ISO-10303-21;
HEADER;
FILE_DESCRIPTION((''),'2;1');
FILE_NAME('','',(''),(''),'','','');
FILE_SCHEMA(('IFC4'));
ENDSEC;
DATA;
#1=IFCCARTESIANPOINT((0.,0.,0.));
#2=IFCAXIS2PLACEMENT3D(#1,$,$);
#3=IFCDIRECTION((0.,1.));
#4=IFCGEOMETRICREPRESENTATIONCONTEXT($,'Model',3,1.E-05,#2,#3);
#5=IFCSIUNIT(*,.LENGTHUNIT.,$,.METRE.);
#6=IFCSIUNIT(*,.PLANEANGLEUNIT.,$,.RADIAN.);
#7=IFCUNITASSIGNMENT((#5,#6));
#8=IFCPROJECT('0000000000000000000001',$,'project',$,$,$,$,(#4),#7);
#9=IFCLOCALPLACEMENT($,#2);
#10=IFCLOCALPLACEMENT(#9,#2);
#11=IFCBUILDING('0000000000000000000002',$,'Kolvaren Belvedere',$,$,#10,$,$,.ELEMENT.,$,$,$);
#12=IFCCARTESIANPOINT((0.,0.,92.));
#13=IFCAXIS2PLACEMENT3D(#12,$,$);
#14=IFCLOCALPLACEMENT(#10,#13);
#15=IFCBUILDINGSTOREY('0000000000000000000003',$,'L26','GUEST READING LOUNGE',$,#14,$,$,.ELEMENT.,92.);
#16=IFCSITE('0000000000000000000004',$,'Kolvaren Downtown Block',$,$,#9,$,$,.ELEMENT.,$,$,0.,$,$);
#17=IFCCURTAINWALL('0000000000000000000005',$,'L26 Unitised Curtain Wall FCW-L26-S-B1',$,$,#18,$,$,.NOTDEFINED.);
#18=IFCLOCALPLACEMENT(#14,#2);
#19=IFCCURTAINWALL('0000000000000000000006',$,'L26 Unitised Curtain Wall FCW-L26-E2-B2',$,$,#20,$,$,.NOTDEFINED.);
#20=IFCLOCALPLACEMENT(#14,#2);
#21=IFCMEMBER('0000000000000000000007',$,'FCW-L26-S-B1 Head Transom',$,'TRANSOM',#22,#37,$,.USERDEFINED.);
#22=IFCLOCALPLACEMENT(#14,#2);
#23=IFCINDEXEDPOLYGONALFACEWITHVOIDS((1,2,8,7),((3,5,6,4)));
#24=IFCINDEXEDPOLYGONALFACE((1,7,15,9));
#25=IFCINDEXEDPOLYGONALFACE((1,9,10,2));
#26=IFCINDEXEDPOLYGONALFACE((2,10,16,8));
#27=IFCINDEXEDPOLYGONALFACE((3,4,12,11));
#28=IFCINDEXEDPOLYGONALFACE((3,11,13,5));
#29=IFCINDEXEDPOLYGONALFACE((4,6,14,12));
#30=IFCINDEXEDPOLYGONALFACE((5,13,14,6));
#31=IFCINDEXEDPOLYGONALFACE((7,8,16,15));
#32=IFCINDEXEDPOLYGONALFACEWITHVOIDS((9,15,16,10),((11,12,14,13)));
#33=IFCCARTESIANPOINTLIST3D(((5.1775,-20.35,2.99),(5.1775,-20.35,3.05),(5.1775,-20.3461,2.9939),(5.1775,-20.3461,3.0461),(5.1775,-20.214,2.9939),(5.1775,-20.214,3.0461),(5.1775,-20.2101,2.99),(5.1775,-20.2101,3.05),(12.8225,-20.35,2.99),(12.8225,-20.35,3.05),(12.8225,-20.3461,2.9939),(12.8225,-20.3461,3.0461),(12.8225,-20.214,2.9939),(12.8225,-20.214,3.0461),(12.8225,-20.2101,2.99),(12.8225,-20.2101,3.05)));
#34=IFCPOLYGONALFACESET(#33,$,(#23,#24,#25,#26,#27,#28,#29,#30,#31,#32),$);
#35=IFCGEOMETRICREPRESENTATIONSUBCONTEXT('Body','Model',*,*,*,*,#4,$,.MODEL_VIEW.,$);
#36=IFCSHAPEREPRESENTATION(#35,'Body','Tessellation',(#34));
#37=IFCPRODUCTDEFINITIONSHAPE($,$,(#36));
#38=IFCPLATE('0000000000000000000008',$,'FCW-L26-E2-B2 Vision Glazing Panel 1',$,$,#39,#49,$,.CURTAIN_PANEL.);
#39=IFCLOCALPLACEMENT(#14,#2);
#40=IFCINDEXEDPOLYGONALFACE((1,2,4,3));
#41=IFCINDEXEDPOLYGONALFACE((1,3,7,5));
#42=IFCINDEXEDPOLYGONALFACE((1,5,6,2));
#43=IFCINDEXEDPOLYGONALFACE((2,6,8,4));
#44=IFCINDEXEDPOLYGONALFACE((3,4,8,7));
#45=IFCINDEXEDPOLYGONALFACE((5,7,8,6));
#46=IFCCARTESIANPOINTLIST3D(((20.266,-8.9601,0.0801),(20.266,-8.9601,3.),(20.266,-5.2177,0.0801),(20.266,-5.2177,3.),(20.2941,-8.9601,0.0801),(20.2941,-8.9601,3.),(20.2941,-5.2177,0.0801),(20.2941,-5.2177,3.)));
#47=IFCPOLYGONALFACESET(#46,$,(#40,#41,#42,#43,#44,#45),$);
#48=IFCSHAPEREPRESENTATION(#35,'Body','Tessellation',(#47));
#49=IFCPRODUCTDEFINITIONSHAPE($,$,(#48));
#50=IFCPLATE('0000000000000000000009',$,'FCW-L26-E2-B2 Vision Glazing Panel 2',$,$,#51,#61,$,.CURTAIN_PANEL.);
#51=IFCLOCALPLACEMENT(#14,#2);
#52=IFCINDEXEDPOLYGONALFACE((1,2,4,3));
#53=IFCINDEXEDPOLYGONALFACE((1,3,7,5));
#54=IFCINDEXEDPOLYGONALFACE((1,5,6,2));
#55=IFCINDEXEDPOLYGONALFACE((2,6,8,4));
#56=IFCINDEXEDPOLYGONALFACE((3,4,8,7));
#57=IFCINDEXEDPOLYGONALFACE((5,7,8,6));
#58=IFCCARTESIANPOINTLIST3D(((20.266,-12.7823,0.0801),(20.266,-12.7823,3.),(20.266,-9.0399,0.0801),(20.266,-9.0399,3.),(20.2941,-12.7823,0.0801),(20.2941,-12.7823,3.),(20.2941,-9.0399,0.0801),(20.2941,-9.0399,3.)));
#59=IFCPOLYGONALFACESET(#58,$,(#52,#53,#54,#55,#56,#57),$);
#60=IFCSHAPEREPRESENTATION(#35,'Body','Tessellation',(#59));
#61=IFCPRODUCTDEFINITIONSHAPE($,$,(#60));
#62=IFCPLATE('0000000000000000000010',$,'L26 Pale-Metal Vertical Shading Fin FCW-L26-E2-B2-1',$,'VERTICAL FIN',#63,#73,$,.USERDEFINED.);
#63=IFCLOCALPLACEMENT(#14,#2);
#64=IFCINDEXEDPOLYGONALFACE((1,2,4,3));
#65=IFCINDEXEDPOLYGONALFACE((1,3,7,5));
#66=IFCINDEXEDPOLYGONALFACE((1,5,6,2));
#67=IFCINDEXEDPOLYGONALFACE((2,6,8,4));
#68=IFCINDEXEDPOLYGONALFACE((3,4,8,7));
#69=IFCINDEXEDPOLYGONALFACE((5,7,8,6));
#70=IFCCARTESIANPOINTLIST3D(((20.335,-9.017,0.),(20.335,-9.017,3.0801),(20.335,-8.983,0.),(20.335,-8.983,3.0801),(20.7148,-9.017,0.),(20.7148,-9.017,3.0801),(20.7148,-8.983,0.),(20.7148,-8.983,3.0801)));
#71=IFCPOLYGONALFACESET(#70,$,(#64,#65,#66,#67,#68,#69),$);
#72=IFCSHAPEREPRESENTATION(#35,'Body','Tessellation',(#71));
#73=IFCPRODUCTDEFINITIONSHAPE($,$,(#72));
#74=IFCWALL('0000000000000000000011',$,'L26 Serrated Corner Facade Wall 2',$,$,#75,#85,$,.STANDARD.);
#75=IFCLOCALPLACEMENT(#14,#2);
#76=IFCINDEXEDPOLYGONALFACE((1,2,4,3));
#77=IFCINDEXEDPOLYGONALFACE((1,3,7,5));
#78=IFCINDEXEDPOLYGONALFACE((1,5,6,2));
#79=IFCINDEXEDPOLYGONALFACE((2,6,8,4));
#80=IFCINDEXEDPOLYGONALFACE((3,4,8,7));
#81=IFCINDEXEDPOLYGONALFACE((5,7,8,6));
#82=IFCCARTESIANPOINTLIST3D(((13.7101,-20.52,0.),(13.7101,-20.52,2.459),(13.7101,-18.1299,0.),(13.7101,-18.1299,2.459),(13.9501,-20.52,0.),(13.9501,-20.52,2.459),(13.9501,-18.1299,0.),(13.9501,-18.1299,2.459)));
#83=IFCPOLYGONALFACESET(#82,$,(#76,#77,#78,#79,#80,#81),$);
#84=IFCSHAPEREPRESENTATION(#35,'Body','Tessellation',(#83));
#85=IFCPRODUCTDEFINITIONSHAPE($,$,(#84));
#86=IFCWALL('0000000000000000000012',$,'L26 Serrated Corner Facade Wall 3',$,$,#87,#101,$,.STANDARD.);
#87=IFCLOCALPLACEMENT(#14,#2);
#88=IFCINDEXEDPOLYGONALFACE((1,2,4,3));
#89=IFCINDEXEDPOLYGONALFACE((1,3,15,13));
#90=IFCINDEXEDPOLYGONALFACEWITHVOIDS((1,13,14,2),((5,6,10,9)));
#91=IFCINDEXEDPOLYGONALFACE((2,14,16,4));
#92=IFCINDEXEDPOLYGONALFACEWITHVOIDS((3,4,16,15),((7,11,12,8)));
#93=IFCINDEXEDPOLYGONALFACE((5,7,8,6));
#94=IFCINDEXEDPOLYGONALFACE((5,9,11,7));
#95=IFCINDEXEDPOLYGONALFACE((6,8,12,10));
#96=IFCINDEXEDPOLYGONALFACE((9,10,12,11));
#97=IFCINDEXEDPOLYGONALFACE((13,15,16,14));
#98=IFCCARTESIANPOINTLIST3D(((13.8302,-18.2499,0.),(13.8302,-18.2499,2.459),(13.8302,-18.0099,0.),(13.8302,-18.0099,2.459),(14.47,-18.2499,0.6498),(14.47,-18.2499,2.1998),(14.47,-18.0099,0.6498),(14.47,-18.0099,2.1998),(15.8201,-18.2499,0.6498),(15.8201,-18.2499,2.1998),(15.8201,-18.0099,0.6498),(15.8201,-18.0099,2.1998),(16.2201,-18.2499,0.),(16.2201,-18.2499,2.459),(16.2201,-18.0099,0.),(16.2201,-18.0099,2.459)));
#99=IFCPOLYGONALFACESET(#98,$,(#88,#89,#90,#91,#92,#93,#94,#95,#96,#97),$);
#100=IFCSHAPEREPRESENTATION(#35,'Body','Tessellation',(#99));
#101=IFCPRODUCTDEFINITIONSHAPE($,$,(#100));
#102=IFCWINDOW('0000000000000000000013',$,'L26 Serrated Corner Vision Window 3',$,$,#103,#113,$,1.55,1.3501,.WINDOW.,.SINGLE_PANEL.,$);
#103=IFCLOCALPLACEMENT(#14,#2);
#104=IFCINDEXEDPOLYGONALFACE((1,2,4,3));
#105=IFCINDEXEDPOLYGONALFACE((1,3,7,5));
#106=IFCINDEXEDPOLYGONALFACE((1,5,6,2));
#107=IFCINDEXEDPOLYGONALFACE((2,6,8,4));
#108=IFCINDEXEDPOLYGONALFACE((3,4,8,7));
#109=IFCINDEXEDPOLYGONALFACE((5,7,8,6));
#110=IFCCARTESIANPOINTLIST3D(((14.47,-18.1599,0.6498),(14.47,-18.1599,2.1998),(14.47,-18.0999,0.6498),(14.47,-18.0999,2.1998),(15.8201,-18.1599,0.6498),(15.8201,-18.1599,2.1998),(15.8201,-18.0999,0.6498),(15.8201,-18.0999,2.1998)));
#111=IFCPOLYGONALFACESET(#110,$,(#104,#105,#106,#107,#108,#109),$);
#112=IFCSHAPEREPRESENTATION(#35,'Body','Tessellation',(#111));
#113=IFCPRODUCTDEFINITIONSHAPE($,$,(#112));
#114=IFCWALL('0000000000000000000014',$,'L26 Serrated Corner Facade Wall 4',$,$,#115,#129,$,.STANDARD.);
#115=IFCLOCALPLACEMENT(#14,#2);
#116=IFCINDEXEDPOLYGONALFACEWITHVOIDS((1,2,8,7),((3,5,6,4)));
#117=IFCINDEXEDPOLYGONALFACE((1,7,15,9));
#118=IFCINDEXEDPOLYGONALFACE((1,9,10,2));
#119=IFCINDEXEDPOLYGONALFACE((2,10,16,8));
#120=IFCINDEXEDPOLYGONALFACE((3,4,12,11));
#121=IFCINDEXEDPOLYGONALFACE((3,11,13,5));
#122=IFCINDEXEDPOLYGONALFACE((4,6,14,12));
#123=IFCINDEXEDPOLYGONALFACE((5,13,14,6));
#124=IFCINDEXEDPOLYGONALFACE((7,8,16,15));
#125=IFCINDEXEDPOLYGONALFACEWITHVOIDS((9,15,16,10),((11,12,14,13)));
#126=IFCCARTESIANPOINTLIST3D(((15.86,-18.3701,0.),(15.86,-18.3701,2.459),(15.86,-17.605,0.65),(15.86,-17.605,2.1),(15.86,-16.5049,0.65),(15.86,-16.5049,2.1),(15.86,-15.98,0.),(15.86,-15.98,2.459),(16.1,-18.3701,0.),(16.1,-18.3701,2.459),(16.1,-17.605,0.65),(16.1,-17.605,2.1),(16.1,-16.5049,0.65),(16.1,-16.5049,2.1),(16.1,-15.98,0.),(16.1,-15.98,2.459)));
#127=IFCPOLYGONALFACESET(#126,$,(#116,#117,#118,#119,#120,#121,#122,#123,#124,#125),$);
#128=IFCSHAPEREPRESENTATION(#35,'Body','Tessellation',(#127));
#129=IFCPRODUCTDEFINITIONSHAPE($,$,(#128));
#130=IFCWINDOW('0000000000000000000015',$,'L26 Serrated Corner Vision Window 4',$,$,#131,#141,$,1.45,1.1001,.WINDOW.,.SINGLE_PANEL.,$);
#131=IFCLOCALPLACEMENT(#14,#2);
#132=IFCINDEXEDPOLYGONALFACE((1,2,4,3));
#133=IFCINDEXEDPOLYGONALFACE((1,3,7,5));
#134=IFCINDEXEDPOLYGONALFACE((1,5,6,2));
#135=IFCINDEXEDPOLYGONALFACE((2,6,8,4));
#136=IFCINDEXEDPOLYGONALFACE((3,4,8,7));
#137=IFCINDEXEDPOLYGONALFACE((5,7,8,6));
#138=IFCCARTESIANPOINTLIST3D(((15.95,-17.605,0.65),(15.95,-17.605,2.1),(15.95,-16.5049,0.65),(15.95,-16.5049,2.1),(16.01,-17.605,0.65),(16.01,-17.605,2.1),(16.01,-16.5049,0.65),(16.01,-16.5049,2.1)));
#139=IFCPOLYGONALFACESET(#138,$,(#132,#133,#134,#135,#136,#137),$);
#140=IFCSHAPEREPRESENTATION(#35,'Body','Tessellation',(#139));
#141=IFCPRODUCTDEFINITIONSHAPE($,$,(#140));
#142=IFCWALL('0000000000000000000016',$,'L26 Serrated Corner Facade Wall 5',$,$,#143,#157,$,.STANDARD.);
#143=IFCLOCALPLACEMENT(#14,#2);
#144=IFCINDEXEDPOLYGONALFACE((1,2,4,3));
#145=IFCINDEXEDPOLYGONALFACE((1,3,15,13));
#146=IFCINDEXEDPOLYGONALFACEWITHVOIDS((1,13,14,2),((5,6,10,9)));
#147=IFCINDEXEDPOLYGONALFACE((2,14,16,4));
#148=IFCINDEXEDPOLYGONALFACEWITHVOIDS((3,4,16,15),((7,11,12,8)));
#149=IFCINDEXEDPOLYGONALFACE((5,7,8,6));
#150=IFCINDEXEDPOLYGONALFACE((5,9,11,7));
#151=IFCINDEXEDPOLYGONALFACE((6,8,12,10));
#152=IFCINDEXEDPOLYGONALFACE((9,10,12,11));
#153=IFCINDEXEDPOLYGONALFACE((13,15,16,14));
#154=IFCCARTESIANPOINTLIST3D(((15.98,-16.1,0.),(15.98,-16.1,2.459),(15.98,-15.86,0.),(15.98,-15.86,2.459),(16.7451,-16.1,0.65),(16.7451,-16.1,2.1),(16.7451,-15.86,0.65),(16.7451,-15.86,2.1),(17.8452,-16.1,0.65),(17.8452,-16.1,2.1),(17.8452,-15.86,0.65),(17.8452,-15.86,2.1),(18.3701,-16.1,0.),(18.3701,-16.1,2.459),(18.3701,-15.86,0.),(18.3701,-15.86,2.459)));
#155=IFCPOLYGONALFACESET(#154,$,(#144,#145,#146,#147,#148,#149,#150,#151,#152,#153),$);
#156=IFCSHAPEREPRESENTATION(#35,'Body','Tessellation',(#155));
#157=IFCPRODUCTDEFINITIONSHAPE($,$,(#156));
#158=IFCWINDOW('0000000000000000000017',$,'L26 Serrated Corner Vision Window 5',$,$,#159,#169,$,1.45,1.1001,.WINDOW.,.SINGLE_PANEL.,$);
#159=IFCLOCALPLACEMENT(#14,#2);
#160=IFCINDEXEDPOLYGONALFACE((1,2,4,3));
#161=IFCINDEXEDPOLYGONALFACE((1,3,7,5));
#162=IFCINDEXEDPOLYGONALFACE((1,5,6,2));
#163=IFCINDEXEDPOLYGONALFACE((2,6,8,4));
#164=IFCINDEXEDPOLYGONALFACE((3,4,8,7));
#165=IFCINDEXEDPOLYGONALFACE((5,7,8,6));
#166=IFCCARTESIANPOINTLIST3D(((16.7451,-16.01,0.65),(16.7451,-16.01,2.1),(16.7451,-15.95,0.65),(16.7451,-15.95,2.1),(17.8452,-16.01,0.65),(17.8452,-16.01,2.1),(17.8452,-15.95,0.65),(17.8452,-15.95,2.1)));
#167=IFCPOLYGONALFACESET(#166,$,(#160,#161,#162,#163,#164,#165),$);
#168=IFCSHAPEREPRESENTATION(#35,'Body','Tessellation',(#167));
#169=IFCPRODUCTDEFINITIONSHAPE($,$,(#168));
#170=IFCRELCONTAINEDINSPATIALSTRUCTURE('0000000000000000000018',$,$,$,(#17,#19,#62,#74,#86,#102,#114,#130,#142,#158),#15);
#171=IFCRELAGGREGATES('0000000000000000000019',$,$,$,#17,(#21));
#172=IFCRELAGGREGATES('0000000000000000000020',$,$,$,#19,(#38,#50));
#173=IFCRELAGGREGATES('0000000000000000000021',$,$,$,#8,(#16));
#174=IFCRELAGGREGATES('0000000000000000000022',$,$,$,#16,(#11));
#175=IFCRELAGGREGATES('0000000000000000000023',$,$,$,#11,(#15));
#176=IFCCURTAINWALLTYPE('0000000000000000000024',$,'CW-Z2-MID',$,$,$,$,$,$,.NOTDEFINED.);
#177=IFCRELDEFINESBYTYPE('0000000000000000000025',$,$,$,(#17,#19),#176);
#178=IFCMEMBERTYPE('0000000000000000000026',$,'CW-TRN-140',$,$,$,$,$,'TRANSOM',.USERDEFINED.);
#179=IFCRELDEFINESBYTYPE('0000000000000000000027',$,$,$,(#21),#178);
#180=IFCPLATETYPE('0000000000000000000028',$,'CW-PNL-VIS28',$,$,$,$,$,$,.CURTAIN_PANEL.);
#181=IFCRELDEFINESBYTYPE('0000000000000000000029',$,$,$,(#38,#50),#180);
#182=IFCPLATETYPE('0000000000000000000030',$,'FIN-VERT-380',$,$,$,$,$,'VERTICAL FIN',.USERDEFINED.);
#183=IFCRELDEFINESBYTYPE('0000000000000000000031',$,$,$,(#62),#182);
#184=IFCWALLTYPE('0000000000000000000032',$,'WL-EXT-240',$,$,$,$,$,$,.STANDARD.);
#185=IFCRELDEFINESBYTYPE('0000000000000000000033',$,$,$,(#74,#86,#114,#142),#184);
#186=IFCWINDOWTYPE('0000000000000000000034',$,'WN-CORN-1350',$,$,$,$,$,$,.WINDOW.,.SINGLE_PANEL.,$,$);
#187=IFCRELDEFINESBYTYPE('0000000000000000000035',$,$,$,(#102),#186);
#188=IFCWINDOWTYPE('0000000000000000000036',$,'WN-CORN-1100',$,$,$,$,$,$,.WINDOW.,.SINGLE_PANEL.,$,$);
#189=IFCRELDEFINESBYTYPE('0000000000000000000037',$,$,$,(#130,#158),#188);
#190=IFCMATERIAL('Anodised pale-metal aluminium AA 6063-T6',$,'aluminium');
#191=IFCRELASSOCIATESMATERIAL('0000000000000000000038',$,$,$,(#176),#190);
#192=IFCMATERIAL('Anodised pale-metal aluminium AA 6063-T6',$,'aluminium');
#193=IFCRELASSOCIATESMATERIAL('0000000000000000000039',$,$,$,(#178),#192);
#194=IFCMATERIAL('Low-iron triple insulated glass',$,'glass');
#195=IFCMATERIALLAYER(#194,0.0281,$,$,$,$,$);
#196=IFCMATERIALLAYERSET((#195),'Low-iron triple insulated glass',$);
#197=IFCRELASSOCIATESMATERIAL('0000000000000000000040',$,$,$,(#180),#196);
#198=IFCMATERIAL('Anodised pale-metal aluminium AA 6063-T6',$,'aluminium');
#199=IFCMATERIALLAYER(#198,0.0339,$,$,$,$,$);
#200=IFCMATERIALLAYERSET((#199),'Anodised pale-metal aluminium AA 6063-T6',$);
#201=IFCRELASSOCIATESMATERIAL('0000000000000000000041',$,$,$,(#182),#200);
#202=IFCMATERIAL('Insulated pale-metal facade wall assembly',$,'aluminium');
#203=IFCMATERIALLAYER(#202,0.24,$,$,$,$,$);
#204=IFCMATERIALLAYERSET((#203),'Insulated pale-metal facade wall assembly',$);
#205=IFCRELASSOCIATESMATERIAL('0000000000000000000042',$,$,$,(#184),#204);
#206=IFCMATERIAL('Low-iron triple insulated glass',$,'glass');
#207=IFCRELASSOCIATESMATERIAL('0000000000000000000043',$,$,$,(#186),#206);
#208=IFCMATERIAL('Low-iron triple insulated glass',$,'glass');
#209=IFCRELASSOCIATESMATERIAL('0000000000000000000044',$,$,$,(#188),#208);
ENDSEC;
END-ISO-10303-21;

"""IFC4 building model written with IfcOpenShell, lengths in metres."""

from ifc_helpers import new_model, si_unit, direction, frame, frame_2d, origin, origin_2d, place, context, subcontext, project, spatial, rectangle, hollow_rectangle, extrude, material, layer, layer_set, material_profile, profile_set, type_object, element, fill, aggregate, save


model = new_model("IFC4")

# Units and contexts
model_context = context("Model", 3, precision=1e-05, world=origin(), true_north=direction((0.0, 1.0)))
body_context = subcontext(model_context, "Body", "Model", "MODEL_VIEW")
ifc_project = project(units=[si_unit("LENGTHUNIT", "METRE"), si_unit("PLANEANGLEUNIT", "RADIAN")], contexts=[model_context])

# Site, building, storey
site_placement = place(None, origin())
site = spatial("IfcSite", under=ifc_project, at=site_placement, Name="Kolvaren Downtown Block", CompositionType="ELEMENT", RefElevation=0.0)
building_placement = place(site_placement, origin())
building = spatial("IfcBuilding", under=site, at=building_placement, Name="Kolvaren Belvedere", CompositionType="ELEMENT")
storey_placement = place(building_placement, frame((0.0, 0.0, 92.0)))
storey = spatial("IfcBuildingStorey", under=building, at=storey_placement, Name="L26", Description="GUEST READING LOUNGE", CompositionType="ELEMENT", Elevation=92.0)

# Curtain wall
ifc_material_1 = material(Name="Anodised pale-metal aluminium AA 6063-T6", Category="aluminium")
curtain_wall_type = type_object("IfcCurtainWallType", Name="CW-Z2-MID", PredefinedType="NOTDEFINED", material=ifc_material_1)
curtain_wall_1_placement = place(storey_placement, origin())
curtain_wall_1 = element("IfcCurtainWall", 1, at=curtain_wall_1_placement, inside=storey, type_object=curtain_wall_type, Name="L26 Unitised Curtain Wall FCW-L26-S-B1", PredefinedType="NOTDEFINED")

# Curtain wall
curtain_wall_2_placement = place(storey_placement, origin())
curtain_wall_2 = element("IfcCurtainWall", 2, at=curtain_wall_2_placement, inside=storey, type_object=curtain_wall_type, Name="L26 Unitised Curtain Wall FCW-L26-E2-B2", PredefinedType="NOTDEFINED")

# Member
ifc_material_2 = material(Name="Anodised pale-metal aluminium AA 6063-T6", Category="aluminium")
ifc_material_profile_1 = material_profile(ifc_material_2, hollow_rectangle(XDim=0.0601, YDim=0.1399, WallThickness=0.0039, at=origin_2d()), Name="ALU-TRN-140X60")
ifc_profile_set_1 = profile_set([ifc_material_profile_1], Name="Anodised pale-metal aluminium AA 6063-T6")
member_type_1 = type_object("IfcMemberType", Name="CW-TRN-140", ElementType="TRANSOM", PredefinedType="USERDEFINED", material=ifc_profile_set_1)
member_1_placement = place(storey_placement, frame((12.8225, -20.28, 3.02), z_axis=(-1.0, 0.0, 0.0), x_axis=(0.0, 0.0, 1.0)))
member_1 = element("IfcMember", 3, at=member_1_placement, type_object=member_type_1, Name="FCW-L26-S-B1 Head Transom", ObjectType="TRANSOM", PredefinedType="USERDEFINED", context=body_context, shape_type="SweptSolid", body=[
    extrude(hollow_rectangle(XDim=0.0601, YDim=0.1399, WallThickness=0.0039, at=origin_2d()), origin(), (0.0, 0.0, 1.0), 7.645),
])
aggregate(curtain_wall_1, [member_1])

# Plates
ifc_material_3 = material(Name="Low-iron triple insulated glass", Category="glass")
ifc_layer_1 = layer(ifc_material_3, 0.0281)
ifc_layer_set_1 = layer_set([ifc_layer_1], Name="Low-iron triple insulated glass")
plate_type_1 = type_object("IfcPlateType", Name="CW-PNL-VIS28", PredefinedType="CURTAIN_PANEL", material=ifc_layer_set_1)
plate_1_placement = place(storey_placement, frame((20.28, -7.0889, 0.0801), z_axis=(0.0, 0.0, 1.0), x_axis=(0.0, -1.0, 0.0)))
plate_1 = element("IfcPlate", 4, at=plate_1_placement, type_object=plate_type_1, Name="FCW-L26-E2-B2 Vision Glazing Panel 1", PredefinedType="CURTAIN_PANEL", context=body_context, shape_type="SweptSolid", body=[
    extrude(rectangle(XDim=3.7424, YDim=0.0281, at=origin_2d()), origin(), (0.0, 0.0, 1.0), 2.9199),
])
plate_2_placement = place(storey_placement, frame((20.28, -10.9111, 0.0801), z_axis=(0.0, 0.0, 1.0), x_axis=(0.0, -1.0, 0.0)))
plate_2 = element("IfcPlate", 5, at=plate_2_placement, type_object=plate_type_1, Name="FCW-L26-E2-B2 Vision Glazing Panel 2", PredefinedType="CURTAIN_PANEL", context=body_context, shape_type="SweptSolid", body=[
    extrude(rectangle(XDim=3.7424, YDim=0.0281, at=origin_2d()), origin(), (0.0, 0.0, 1.0), 2.9199),
])
aggregate(curtain_wall_2, [plate_1, plate_2])
ifc_material_4 = material(Name="Anodised pale-metal aluminium AA 6063-T6", Category="aluminium")
ifc_layer_2 = layer(ifc_material_4, 0.0339)
ifc_layer_set_2 = layer_set([ifc_layer_2], Name="Anodised pale-metal aluminium AA 6063-T6")
plate_type_2 = type_object("IfcPlateType", Name="FIN-VERT-380", ElementType="VERTICAL FIN", PredefinedType="USERDEFINED", material=ifc_layer_set_2)
plate_3_placement = place(storey_placement, frame((20.5249, -9.0, 0.0), z_axis=(0.0, 0.0, 1.0), x_axis=(1.0, 0.0, 0.0)))
element("IfcPlate", 6, at=plate_3_placement, inside=storey, type_object=plate_type_2, Name="L26 Pale-Metal Vertical Shading Fin FCW-L26-E2-B2-1", ObjectType="VERTICAL FIN", PredefinedType="USERDEFINED", context=body_context, shape_type="SweptSolid", body=[
    extrude(rectangle(XDim=0.3799, YDim=0.0339, at=origin_2d()), origin(), (0.0, 0.0, 1.0), 3.0801),
])

# Wall
ifc_material_5 = material(Name="Insulated pale-metal facade wall assembly", Category="aluminium")
ifc_layer_3 = layer(ifc_material_5, 0.24)
ifc_layer_set_3 = layer_set([ifc_layer_3], Name="Insulated pale-metal facade wall assembly")
wall_type_1 = type_object("IfcWallType", Name="WL-EXT-240", PredefinedType="STANDARD", material=ifc_layer_set_3)
wall_1_placement = place(storey_placement, frame((13.8301, -18.1299, 0.0), z_axis=(0.0, 0.0, 1.0), x_axis=(0.0, -1.0, 0.0)))
element("IfcWall", 7, at=wall_1_placement, inside=storey, type_object=wall_type_1, Name="L26 Serrated Corner Facade Wall 2", PredefinedType="STANDARD", context=body_context, shape_type="SweptSolid", body=[
    extrude(rectangle(XDim=2.3901, YDim=0.24, at=frame_2d((1.1951, 0.0))), origin(), (0.0, 0.0, 1.0), 2.459),
])

# Walls, openings, windows
wall_2_placement = place(storey_placement, frame((16.22, -18.1299, 0.0), z_axis=(0.0, 0.0, 1.0), x_axis=(-1.0, 0.0, 0.0)))
wall_2 = element("IfcWall", 8, at=wall_2_placement, inside=storey, type_object=wall_type_1, Name="L26 Serrated Corner Facade Wall 3", PredefinedType="STANDARD", context=body_context, shape_type="SweptSolid", body=[
    extrude(rectangle(XDim=2.3899, YDim=0.24, at=frame_2d((1.1948, 0.0))), origin(), (0.0, 0.0, 1.0), 2.459),
])
opening_1_placement = place(wall_2_placement, frame((0.3999, 0.0, 0.6499)))
opening_1 = element("IfcOpeningElement", 9, at=opening_1_placement, cuts=wall_2, PredefinedType="OPENING", context=body_context, shape_type="SweptSolid", body=[
    extrude(rectangle(XDim=1.3501, YDim=1.55, at=frame_2d((0.675, 0.7749))), frame((0.0, 0.1299, 0.0), z_axis=(0.0, -1.0, 0.0), x_axis=(1.0, 0.0, 0.0)), (0.0, 0.0, 1.0), 0.26),
])
ifc_material_6 = material(Name="Low-iron triple insulated glass", Category="glass")
window_type_1 = type_object("IfcWindowType", Name="WN-CORN-1350", PartitioningType="SINGLE_PANEL", PredefinedType="WINDOW", material=ifc_material_6)
window_1_placement = place(opening_1_placement, origin())
window_1 = element("IfcWindow", 10, at=window_1_placement, inside=storey, type_object=window_type_1, Name="L26 Serrated Corner Vision Window 3", OverallHeight=1.55, OverallWidth=1.3501, PartitioningType="SINGLE_PANEL", PredefinedType="WINDOW", context=body_context, shape_type="SweptSolid", body=[
    extrude(rectangle(XDim=1.3501, YDim=1.55, at=frame_2d((0.675, 0.7749))), frame((0.0, 0.03, 0.0), z_axis=(0.0, -1.0, 0.0), x_axis=(1.0, 0.0, 0.0)), (0.0, 0.0, 1.0), 0.0601),
])
fill(opening_1, window_1)
wall_3_placement = place(storey_placement, frame((15.98, -15.98, 0.0), z_axis=(0.0, 0.0, 1.0), x_axis=(0.0, -1.0, 0.0)))
wall_3 = element("IfcWall", 11, at=wall_3_placement, inside=storey, type_object=wall_type_1, Name="L26 Serrated Corner Facade Wall 4", PredefinedType="STANDARD", context=body_context, shape_type="SweptSolid", body=[
    extrude(rectangle(XDim=2.3901, YDim=0.24, at=frame_2d((1.1951, 0.0))), origin(), (0.0, 0.0, 1.0), 2.459),
])
opening_2_placement = place(wall_3_placement, frame((0.5249, 0.0, 0.6499)))
opening_2 = element("IfcOpeningElement", 12, at=opening_2_placement, cuts=wall_3, PredefinedType="OPENING", context=body_context, shape_type="SweptSolid", body=[
    extrude(rectangle(XDim=1.1001, YDim=1.45, at=frame_2d((0.55, 0.7251))), frame((0.0, 0.1299, 0.0), z_axis=(0.0, -1.0, 0.0), x_axis=(1.0, 0.0, 0.0)), (0.0, 0.0, 1.0), 0.26),
])
ifc_material_7 = material(Name="Low-iron triple insulated glass", Category="glass")
window_type_2 = type_object("IfcWindowType", Name="WN-CORN-1100", PartitioningType="SINGLE_PANEL", PredefinedType="WINDOW", material=ifc_material_7)
window_2_placement = place(opening_2_placement, origin())
window_2 = element("IfcWindow", 13, at=window_2_placement, inside=storey, type_object=window_type_2, Name="L26 Serrated Corner Vision Window 4", OverallHeight=1.45, OverallWidth=1.1001, PartitioningType="SINGLE_PANEL", PredefinedType="WINDOW", context=body_context, shape_type="SweptSolid", body=[
    extrude(rectangle(XDim=1.1001, YDim=1.45, at=frame_2d((0.55, 0.7251))), frame((0.0, 0.03, 0.0), z_axis=(0.0, -1.0, 0.0), x_axis=(1.0, 0.0, 0.0)), (0.0, 0.0, 1.0), 0.0601),
])
fill(opening_2, window_2)
wall_4_placement = place(storey_placement, frame((18.3701, -15.98, 0.0), z_axis=(0.0, 0.0, 1.0), x_axis=(-1.0, 0.0, 0.0)))
wall_4 = element("IfcWall", 14, at=wall_4_placement, inside=storey, type_object=wall_type_1, Name="L26 Serrated Corner Facade Wall 5", PredefinedType="STANDARD", context=body_context, shape_type="SweptSolid", body=[
    extrude(rectangle(XDim=2.3901, YDim=0.24, at=frame_2d((1.1951, 0.0))), origin(), (0.0, 0.0, 1.0), 2.459),
])
opening_3_placement = place(wall_4_placement, frame((0.5249, 0.0, 0.6499)))
opening_3 = element("IfcOpeningElement", 15, at=opening_3_placement, cuts=wall_4, PredefinedType="OPENING", context=body_context, shape_type="SweptSolid", body=[
    extrude(rectangle(XDim=1.1001, YDim=1.45, at=frame_2d((0.55, 0.7251))), frame((0.0, 0.1299, 0.0), z_axis=(0.0, -1.0, 0.0), x_axis=(1.0, 0.0, 0.0)), (0.0, 0.0, 1.0), 0.26),
])
window_3_placement = place(opening_3_placement, origin())
window_3 = element("IfcWindow", 16, at=window_3_placement, inside=storey, type_object=window_type_2, Name="L26 Serrated Corner Vision Window 5", OverallHeight=1.45, OverallWidth=1.1001, PartitioningType="SINGLE_PANEL", PredefinedType="WINDOW", context=body_context, shape_type="SweptSolid", body=[
    extrude(rectangle(XDim=1.1001, YDim=1.45, at=frame_2d((0.55, 0.7251))), frame((0.0, 0.03, 0.0), z_axis=(0.0, -1.0, 0.0), x_axis=(1.0, 0.0, 0.0)), (0.0, 0.0, 1.0), 0.0601),
])
fill(opening_3, window_3)

save(model, "model.ifc")
